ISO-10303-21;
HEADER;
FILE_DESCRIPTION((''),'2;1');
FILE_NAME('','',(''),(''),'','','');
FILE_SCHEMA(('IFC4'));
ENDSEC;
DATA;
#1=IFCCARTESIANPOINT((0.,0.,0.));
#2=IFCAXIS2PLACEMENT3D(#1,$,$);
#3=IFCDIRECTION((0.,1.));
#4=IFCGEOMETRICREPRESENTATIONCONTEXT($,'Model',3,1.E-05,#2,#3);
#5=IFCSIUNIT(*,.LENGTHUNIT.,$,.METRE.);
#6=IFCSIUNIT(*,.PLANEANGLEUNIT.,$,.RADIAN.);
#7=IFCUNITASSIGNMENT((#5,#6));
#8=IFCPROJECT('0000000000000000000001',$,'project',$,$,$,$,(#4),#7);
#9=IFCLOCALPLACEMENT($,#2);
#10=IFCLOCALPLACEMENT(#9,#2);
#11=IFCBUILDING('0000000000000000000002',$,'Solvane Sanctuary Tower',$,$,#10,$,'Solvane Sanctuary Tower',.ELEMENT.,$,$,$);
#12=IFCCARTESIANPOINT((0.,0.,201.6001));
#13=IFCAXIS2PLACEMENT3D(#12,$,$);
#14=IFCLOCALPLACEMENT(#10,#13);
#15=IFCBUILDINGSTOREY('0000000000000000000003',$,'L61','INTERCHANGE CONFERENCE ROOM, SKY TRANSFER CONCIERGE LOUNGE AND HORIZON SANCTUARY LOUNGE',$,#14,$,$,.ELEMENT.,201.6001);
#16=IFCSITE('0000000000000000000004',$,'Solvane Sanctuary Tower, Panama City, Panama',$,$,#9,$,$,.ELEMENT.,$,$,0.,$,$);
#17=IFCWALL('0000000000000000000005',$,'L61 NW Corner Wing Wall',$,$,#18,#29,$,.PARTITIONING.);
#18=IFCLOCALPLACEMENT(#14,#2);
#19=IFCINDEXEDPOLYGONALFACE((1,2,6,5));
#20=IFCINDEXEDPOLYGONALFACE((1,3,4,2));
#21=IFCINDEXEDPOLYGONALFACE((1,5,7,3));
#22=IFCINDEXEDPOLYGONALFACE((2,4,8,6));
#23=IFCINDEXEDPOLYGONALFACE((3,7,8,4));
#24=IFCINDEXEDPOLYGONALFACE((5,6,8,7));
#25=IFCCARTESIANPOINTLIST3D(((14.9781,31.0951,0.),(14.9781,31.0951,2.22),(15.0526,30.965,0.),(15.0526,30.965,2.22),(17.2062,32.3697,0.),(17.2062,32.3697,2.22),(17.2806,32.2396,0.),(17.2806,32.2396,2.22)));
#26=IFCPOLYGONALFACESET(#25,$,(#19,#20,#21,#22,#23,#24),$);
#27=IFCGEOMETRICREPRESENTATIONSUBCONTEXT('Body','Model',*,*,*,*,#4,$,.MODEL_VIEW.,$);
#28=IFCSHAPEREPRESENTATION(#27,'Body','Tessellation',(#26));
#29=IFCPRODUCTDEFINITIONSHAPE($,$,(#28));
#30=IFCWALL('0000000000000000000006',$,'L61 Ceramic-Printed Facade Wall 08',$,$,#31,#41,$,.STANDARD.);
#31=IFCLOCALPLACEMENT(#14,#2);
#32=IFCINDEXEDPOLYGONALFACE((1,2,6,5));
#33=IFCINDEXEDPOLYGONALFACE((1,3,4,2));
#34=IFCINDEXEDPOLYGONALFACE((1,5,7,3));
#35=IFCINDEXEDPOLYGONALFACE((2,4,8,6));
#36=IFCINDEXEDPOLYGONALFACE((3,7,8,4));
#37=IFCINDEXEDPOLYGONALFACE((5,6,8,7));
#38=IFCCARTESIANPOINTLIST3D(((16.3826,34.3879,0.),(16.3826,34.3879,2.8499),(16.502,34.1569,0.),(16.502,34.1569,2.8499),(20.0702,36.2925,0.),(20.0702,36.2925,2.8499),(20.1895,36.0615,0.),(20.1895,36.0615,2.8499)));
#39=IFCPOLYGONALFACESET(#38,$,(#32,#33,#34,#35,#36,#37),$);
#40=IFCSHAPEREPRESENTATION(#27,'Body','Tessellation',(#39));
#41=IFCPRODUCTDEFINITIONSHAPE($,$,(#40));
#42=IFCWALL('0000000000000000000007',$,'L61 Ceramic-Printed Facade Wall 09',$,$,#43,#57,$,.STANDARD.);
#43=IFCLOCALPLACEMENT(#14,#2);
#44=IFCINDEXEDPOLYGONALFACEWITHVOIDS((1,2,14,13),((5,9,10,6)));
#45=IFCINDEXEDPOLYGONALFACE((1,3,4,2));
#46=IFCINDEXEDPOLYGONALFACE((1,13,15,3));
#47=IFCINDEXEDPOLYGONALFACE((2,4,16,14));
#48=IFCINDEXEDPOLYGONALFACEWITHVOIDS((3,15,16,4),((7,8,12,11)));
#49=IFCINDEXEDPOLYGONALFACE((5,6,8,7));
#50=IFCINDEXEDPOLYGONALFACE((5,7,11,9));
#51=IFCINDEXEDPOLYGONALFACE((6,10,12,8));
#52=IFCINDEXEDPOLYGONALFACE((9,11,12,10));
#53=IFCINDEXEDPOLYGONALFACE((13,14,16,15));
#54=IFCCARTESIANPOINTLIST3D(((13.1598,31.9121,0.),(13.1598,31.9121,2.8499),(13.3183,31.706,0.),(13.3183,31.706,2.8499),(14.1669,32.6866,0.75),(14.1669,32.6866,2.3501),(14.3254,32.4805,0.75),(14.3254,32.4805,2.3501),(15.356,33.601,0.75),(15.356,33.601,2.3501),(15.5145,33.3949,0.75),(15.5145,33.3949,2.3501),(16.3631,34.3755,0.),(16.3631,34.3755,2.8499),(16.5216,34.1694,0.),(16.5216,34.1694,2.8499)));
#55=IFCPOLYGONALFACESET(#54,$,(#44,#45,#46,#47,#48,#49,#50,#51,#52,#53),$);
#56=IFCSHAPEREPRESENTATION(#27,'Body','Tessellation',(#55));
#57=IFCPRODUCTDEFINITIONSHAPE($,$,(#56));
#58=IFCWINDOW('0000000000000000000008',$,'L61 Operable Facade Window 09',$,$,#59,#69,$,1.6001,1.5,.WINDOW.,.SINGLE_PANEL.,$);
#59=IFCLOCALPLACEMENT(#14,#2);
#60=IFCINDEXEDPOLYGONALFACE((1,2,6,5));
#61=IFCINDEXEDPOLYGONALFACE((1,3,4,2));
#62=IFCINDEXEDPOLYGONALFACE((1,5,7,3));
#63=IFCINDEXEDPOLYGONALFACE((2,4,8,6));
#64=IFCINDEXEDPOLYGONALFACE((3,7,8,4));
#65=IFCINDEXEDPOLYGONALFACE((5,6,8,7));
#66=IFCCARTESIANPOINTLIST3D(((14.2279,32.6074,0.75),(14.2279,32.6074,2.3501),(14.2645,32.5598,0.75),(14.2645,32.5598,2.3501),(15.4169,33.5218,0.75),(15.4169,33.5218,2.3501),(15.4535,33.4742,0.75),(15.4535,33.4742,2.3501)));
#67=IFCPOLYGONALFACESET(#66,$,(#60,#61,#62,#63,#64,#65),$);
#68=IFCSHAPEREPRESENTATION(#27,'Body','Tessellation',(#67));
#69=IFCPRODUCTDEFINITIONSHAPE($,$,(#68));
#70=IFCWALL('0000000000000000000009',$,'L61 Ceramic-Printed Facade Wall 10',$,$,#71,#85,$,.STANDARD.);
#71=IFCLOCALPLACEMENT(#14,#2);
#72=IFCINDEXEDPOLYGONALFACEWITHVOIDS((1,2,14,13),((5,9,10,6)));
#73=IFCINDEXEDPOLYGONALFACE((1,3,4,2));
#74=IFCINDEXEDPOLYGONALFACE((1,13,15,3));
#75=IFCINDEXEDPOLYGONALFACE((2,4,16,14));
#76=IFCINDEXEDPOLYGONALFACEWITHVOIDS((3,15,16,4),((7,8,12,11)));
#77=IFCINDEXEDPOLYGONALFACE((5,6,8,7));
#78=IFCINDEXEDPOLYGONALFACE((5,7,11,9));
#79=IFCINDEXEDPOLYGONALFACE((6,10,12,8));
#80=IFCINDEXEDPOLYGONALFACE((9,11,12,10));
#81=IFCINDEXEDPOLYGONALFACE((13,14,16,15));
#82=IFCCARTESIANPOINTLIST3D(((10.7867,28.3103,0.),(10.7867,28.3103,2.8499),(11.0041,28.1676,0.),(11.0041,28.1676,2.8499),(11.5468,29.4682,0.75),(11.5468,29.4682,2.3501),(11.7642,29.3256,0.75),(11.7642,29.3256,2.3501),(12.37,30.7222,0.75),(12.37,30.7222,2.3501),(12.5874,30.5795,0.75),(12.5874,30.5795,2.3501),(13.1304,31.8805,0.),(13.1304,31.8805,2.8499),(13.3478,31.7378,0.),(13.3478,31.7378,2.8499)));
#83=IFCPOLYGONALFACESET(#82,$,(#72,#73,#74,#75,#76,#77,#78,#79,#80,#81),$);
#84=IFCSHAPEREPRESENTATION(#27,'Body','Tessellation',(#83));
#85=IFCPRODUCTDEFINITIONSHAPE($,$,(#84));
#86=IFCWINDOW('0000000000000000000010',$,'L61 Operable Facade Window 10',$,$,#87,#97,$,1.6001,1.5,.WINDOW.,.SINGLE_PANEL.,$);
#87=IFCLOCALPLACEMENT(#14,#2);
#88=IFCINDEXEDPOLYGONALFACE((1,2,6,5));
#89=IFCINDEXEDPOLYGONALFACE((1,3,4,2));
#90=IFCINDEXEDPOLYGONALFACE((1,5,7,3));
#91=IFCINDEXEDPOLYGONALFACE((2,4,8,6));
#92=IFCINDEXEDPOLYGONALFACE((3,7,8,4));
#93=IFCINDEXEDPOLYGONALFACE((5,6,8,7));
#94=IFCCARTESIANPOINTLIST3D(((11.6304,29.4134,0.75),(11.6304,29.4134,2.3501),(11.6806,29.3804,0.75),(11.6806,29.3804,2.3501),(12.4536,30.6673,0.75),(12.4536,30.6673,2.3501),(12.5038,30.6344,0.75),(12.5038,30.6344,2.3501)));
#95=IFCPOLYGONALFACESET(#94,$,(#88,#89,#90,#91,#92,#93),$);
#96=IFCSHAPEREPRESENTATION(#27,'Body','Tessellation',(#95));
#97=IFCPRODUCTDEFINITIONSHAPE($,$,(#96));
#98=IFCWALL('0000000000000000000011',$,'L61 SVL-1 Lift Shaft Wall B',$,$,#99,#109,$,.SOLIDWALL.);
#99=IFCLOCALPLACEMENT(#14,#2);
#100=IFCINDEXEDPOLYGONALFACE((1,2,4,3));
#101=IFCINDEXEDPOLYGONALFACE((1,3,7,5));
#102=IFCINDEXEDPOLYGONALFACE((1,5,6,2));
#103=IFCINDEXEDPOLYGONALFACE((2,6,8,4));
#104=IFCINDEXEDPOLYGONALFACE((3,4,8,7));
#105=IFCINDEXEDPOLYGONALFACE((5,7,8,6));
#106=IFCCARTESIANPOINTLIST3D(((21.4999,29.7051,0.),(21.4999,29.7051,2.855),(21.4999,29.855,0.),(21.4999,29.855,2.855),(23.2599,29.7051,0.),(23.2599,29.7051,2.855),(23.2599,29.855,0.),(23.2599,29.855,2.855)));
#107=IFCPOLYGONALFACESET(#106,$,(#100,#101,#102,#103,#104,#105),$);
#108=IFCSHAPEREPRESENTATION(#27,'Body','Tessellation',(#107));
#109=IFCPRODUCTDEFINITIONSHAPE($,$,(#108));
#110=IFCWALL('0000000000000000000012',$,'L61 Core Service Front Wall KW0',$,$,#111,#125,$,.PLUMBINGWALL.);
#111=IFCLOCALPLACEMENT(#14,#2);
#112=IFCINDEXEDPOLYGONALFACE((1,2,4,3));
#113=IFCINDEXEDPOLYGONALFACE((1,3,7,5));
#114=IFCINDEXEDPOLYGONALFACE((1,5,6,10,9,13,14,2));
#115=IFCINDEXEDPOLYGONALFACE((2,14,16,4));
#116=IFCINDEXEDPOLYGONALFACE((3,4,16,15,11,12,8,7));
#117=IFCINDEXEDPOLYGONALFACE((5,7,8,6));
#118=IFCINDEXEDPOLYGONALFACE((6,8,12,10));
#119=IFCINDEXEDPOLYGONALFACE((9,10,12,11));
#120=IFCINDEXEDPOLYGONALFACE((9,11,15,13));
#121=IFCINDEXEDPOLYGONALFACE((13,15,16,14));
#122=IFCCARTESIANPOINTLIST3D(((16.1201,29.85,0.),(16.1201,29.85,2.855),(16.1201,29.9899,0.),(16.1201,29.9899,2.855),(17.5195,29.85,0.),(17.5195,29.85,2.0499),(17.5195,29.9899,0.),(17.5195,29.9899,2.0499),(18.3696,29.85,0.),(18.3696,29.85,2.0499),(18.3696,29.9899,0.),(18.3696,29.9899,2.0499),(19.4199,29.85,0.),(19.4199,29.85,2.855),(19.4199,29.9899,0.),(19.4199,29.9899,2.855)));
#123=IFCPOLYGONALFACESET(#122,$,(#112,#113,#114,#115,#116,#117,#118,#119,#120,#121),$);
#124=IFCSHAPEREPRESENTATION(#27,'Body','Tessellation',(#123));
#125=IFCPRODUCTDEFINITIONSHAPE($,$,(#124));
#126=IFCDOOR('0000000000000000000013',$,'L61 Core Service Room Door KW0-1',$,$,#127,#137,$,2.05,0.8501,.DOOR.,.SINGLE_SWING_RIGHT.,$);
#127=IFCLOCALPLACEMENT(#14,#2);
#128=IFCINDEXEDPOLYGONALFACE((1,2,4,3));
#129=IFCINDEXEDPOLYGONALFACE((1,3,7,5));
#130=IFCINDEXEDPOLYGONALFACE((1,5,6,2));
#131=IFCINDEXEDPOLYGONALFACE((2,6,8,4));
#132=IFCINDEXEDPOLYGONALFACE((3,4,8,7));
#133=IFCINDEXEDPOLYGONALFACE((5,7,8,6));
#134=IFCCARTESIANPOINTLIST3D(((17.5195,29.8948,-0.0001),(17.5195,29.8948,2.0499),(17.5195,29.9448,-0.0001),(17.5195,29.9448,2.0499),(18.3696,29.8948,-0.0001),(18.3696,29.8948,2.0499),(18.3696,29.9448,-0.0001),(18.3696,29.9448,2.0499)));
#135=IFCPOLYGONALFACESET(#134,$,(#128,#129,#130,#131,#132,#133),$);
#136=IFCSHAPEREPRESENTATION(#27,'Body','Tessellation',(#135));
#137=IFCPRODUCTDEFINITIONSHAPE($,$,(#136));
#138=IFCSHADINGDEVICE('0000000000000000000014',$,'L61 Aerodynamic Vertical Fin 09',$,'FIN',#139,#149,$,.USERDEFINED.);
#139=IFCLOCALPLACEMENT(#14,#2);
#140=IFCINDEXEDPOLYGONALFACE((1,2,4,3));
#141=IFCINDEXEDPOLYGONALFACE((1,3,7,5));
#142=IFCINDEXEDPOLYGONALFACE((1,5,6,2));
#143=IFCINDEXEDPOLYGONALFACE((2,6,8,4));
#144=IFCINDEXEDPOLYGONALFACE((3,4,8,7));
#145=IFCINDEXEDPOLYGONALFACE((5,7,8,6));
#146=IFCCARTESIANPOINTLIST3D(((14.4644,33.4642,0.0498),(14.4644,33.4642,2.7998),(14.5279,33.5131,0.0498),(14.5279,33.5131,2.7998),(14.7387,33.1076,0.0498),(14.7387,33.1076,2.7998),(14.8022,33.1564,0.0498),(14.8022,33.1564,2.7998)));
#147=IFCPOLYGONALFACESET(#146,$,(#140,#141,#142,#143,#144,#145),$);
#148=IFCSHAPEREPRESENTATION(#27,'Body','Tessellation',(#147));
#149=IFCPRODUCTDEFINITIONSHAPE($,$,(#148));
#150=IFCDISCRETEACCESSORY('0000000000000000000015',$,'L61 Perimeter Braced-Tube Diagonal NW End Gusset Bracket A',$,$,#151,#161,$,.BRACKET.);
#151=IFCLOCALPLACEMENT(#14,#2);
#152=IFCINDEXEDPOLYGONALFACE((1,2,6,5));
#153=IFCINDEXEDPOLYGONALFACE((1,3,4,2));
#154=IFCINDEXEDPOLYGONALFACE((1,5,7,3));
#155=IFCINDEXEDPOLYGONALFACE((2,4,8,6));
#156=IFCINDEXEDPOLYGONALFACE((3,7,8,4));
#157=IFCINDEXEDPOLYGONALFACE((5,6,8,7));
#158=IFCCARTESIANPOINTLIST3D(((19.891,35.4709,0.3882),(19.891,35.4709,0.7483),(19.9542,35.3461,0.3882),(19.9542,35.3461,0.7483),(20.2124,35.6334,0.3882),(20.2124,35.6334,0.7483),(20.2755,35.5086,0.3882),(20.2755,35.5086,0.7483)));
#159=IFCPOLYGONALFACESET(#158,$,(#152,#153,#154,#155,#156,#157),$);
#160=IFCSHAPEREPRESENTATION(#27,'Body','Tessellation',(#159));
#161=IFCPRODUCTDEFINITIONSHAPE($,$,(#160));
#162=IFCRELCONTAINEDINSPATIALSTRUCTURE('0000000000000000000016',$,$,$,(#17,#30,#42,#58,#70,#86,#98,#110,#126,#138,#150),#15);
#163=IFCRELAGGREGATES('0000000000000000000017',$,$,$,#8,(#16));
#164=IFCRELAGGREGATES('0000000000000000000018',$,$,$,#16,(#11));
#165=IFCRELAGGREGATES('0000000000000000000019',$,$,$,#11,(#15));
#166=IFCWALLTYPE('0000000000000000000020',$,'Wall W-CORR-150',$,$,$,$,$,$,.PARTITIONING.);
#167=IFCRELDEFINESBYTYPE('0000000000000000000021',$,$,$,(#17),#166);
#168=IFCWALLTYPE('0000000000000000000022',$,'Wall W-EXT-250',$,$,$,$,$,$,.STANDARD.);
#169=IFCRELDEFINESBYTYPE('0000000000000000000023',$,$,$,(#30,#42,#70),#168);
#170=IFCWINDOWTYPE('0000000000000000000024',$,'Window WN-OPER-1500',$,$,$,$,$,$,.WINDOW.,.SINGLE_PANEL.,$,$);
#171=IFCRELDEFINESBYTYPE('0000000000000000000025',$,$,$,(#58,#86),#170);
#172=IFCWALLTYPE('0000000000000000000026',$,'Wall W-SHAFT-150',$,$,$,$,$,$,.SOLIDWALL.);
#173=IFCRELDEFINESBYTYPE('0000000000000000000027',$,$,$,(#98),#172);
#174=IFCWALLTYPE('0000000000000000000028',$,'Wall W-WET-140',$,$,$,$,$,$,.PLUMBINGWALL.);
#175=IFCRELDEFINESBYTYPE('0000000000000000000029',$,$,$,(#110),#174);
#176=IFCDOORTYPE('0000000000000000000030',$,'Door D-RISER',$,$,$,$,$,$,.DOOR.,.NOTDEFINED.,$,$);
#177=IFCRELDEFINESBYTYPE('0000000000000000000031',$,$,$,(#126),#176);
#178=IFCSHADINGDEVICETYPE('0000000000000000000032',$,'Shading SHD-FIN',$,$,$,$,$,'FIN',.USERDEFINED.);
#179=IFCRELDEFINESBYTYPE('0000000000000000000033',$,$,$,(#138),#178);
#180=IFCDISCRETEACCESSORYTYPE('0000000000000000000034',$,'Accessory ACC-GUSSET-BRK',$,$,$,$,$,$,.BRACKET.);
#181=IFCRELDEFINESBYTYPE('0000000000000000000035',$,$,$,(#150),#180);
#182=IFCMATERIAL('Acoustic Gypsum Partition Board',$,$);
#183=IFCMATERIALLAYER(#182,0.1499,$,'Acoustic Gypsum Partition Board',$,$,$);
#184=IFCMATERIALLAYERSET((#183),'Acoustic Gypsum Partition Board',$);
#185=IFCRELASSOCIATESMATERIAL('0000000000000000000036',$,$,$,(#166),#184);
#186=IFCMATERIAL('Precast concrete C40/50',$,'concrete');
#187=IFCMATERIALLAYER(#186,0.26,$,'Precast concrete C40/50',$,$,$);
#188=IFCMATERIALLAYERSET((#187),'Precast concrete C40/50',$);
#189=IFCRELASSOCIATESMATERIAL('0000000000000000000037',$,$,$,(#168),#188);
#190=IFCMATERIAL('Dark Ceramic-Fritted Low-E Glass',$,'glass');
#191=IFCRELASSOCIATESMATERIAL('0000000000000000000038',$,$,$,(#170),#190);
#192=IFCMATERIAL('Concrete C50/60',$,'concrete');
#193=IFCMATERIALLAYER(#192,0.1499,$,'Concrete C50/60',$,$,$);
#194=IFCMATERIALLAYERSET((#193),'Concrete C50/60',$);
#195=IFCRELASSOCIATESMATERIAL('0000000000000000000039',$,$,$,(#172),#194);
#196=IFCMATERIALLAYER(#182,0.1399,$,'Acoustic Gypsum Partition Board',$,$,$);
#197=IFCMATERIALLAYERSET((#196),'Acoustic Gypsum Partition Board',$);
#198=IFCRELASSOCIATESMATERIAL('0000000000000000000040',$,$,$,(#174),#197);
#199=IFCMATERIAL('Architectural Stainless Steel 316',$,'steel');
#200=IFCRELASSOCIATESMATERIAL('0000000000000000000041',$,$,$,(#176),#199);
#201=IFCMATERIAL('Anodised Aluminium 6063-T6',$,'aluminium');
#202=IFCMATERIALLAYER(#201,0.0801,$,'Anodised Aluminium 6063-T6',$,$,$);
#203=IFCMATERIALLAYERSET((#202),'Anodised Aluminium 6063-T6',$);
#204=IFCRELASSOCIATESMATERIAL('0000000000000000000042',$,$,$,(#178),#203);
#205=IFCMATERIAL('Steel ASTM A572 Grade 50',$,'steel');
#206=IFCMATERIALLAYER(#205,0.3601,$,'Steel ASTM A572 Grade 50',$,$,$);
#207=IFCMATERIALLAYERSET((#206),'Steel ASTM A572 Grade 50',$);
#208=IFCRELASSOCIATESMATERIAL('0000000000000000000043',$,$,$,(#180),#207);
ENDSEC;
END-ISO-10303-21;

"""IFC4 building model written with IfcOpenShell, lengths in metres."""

from ifc_helpers import new_model, si_unit, direction, frame, frame_2d, origin, origin_2d, place, context, subcontext, project, spatial, rectangle, extrude, material, layer, layer_set, type_object, element, fill, save


model = new_model("IFC4")

# Units and contexts
model_context = context("Model", 3, precision=1e-05, world=origin(), true_north=direction((0.0, 1.0)))
body_context = subcontext(model_context, "Body", "Model", "MODEL_VIEW")
ifc_project = project(units=[si_unit("LENGTHUNIT", "METRE"), si_unit("PLANEANGLEUNIT", "RADIAN")], contexts=[model_context])

# Site, building, storey
site_placement = place(None, origin())
site = spatial("IfcSite", under=ifc_project, at=site_placement, Name="Solvane Sanctuary Tower, Panama City, Panama", CompositionType="ELEMENT", RefElevation=0.0)
building_placement = place(site_placement, origin())
building = spatial("IfcBuilding", under=site, at=building_placement, Name="Solvane Sanctuary Tower", LongName="Solvane Sanctuary Tower", CompositionType="ELEMENT")
storey_placement = place(building_placement, frame((0.0, 0.0, 201.6001)))
storey = spatial("IfcBuildingStorey", under=building, at=storey_placement, Name="L61", Description="INTERCHANGE CONFERENCE ROOM, SKY TRANSFER CONCIERGE LOUNGE AND HORIZON SANCTUARY LOUNGE", CompositionType="ELEMENT", Elevation=201.6001)

# Shared definitions
ifc_material_1 = material(Name="Concrete C50/60", Category="concrete")

# Shared definitions
ifc_material_2 = material(Name="Anodised Aluminium 6063-T6", Category="aluminium")

# Shared definitions
ifc_material_3 = material(Name="Acoustic Gypsum Partition Board")
ifc_layer_1 = layer(ifc_material_3, 0.1499, Name="Acoustic Gypsum Partition Board")
ifc_layer_set_1 = layer_set([ifc_layer_1], Name="Acoustic Gypsum Partition Board")
wall_type_1 = type_object("IfcWallType", Name="Wall W-CORR-150", PredefinedType="PARTITIONING", material=ifc_layer_set_1)

# Walls
wall_1_placement = place(storey_placement, frame((17.2434, 32.3047, 0.0), z_axis=(0.0, 0.0, 1.0), x_axis=(-0.867991, -0.496579, 0.0)))
element("IfcWall", 1, at=wall_1_placement, inside=storey, type_object=wall_type_1, Name="L61 NW Corner Wing Wall", PredefinedType="PARTITIONING", context=body_context, shape_type="SweptSolid", body=[
    extrude(rectangle(XDim=2.5669, YDim=0.1499, at=frame_2d((1.2834, 0.0))), origin(), (0.0, 0.0, 1.0), 2.22),
])
ifc_material_4 = material(Name="Precast concrete C40/50", Category="concrete")
ifc_layer_2 = layer(ifc_material_4, 0.26, Name="Precast concrete C40/50")
ifc_layer_set_2 = layer_set([ifc_layer_2], Name="Precast concrete C40/50")
wall_type_2 = type_object("IfcWallType", Name="Wall W-EXT-250", PredefinedType="STANDARD", material=ifc_layer_set_2)
wall_2_placement = place(storey_placement, frame((20.1299, 36.177, 0.0), z_axis=(0.0, 0.0, 1.0), x_axis=(-0.888491, -0.458893, 0.0)))
element("IfcWall", 2, at=wall_2_placement, inside=storey, type_object=wall_type_2, Name="L61 Ceramic-Printed Facade Wall 08", PredefinedType="STANDARD", context=body_context, shape_type="SweptSolid", body=[
    extrude(rectangle(XDim=4.1504, YDim=0.26, at=frame_2d((2.0752, 0.0))), origin(), (0.0, 0.0, 1.0), 2.8499),
])

# Walls, openings, windows
wall_3_placement = place(storey_placement, frame((16.4424, 34.2725, 0.0), z_axis=(0.0, 0.0, 1.0), x_axis=(-0.792714, -0.609594, 0.0)))
wall_3 = element("IfcWall", 3, at=wall_3_placement, inside=storey, type_object=wall_type_2, Name="L61 Ceramic-Printed Facade Wall 09", PredefinedType="STANDARD", context=body_context, shape_type="SweptSolid", body=[
    extrude(rectangle(XDim=4.041, YDim=0.26, at=frame_2d((2.0205, 0.0))), origin(), (0.0, 0.0, 1.0), 2.8499),
])
opening_1_placement = place(wall_3_placement, frame((1.2705, 0.0, 0.75)))
opening_1 = element("IfcOpeningElement", 4, at=opening_1_placement, cuts=wall_3, PredefinedType="OPENING", context=body_context, shape_type="SweptSolid", body=[
    extrude(rectangle(XDim=1.5, YDim=1.6001, at=frame_2d((0.75, 0.8))), frame((0.0, 0.1399, 0.0), z_axis=(0.0, -1.0, 0.0), x_axis=(1.0, 0.0, 0.0)), (0.0, 0.0, 1.0), 0.28),
])
ifc_material_5 = material(Name="Dark Ceramic-Fritted Low-E Glass", Category="glass")
window_type = type_object("IfcWindowType", Name="Window WN-OPER-1500", PartitioningType="SINGLE_PANEL", PredefinedType="WINDOW", material=ifc_material_5)
window_1_placement = place(opening_1_placement, origin())
window_1 = element("IfcWindow", 5, at=window_1_placement, inside=storey, type_object=window_type, Name="L61 Operable Facade Window 09", OverallHeight=1.6001, OverallWidth=1.5, PartitioningType="SINGLE_PANEL", PredefinedType="WINDOW", context=body_context, shape_type="SweptSolid", body=[
    extrude(rectangle(XDim=1.5, YDim=1.6001, at=frame_2d((0.75, 0.8))), frame((0.0, 0.03, 0.0), z_axis=(0.0, -1.0, 0.0), x_axis=(1.0, 0.0, 0.0)), (0.0, 0.0, 1.0), 0.0601),
])
fill(opening_1, window_1)
wall_4_placement = place(storey_placement, frame((13.239, 31.8091, 0.0), z_axis=(0.0, 0.0, 1.0), x_axis=(-0.548776, -0.835969, 0.0)))
wall_4 = element("IfcWall", 6, at=wall_4_placement, inside=storey, type_object=wall_type_2, Name="L61 Ceramic-Printed Facade Wall 10", PredefinedType="STANDARD", context=body_context, shape_type="SweptSolid", body=[
    extrude(rectangle(XDim=4.2708, YDim=0.26, at=frame_2d((2.1353, 0.0))), origin(), (0.0, 0.0, 1.0), 2.8499),
])
opening_2_placement = place(wall_4_placement, frame((1.3855, 0.0, 0.75)))
opening_2 = element("IfcOpeningElement", 7, at=opening_2_placement, cuts=wall_4, PredefinedType="OPENING", context=body_context, shape_type="SweptSolid", body=[
    extrude(rectangle(XDim=1.5, YDim=1.6001, at=frame_2d((0.75, 0.8))), frame((0.0, 0.1399, 0.0), z_axis=(0.0, -1.0, 0.0), x_axis=(1.0, 0.0, 0.0)), (0.0, 0.0, 1.0), 0.28),
])
window_2_placement = place(opening_2_placement, origin())
window_2 = element("IfcWindow", 8, at=window_2_placement, inside=storey, type_object=window_type, Name="L61 Operable Facade Window 10", OverallHeight=1.6001, OverallWidth=1.5, PartitioningType="SINGLE_PANEL", PredefinedType="WINDOW", context=body_context, shape_type="SweptSolid", body=[
    extrude(rectangle(XDim=1.5, YDim=1.6001, at=frame_2d((0.75, 0.8))), frame((0.0, 0.03, 0.0), z_axis=(0.0, -1.0, 0.0), x_axis=(1.0, 0.0, 0.0)), (0.0, 0.0, 1.0), 0.0601),
])
fill(opening_2, window_2)

# Wall
ifc_layer_3 = layer(ifc_material_1, 0.1499, Name="Concrete C50/60")
ifc_layer_set_3 = layer_set([ifc_layer_3], Name="Concrete C50/60")
wall_type_3 = type_object("IfcWallType", Name="Wall W-SHAFT-150", PredefinedType="SOLIDWALL", material=ifc_layer_set_3)
wall_5_placement = place(storey_placement, frame((21.5, 29.78, 0.0), z_axis=(0.0, 0.0, 1.0), x_axis=(1.0, 0.0, 0.0)))
element("IfcWall", 9, at=wall_5_placement, inside=storey, type_object=wall_type_3, Name="L61 SVL-1 Lift Shaft Wall B", PredefinedType="SOLIDWALL", context=body_context, shape_type="SweptSolid", body=[
    extrude(rectangle(XDim=1.76, YDim=0.1499, at=frame_2d((0.8799, 0.0))), origin(), (0.0, 0.0, 1.0), 2.855),
])

# Wall, opening, door
ifc_layer_4 = layer(ifc_material_3, 0.1399, Name="Acoustic Gypsum Partition Board")
ifc_layer_set_4 = layer_set([ifc_layer_4], Name="Acoustic Gypsum Partition Board")
wall_type_4 = type_object("IfcWallType", Name="Wall W-WET-140", PredefinedType="PLUMBINGWALL", material=ifc_layer_set_4)
wall_6_placement = place(storey_placement, frame((16.1201, 29.9199, 0.0), z_axis=(0.0, 0.0, 1.0), x_axis=(1.0, 0.0, 0.0)))
wall_6 = element("IfcWall", 10, at=wall_6_placement, inside=storey, type_object=wall_type_4, Name="L61 Core Service Front Wall KW0", PredefinedType="PLUMBINGWALL", context=body_context, shape_type="SweptSolid", body=[
    extrude(rectangle(XDim=3.2998, YDim=0.1399, at=frame_2d((1.6499, 0.0))), origin(), (0.0, 0.0, 1.0), 2.855),
])
opening_3_placement = place(wall_6_placement, frame((1.3994, 0.0, 0.0)))
opening_3 = element("IfcOpeningElement", 11, at=opening_3_placement, cuts=wall_6, PredefinedType="OPENING", context=body_context, shape_type="SweptSolid", body=[
    extrude(rectangle(XDim=0.8501, YDim=2.05, at=frame_2d((0.425, 1.0249))), frame((0.0, 0.0798, 0.0), z_axis=(0.0, -1.0, 0.0), x_axis=(1.0, 0.0, 0.0)), (0.0, 0.0, 1.0), 0.1599),
])
ifc_material_6 = material(Name="Architectural Stainless Steel 316", Category="steel")
door_type_1 = type_object("IfcDoorType", Name="Door D-RISER", OperationType="NOTDEFINED", PredefinedType="DOOR", material=ifc_material_6)
door_1_placement = place(opening_3_placement, origin())
door_1 = element("IfcDoor", 12, at=door_1_placement, inside=storey, type_object=door_type_1, Name="L61 Core Service Room Door KW0-1", OperationType="SINGLE_SWING_RIGHT", OverallHeight=2.05, OverallWidth=0.8501, PredefinedType="DOOR", context=body_context, shape_type="SweptSolid", body=[
    extrude(rectangle(XDim=0.8501, YDim=2.05, at=frame_2d((0.425, 1.0249))), frame((0.0, 0.0249, 0.0), z_axis=(0.0, -1.0, 0.0), x_axis=(1.0, 0.0, 0.0)), (0.0, 0.0, 1.0), 0.05),
])
fill(opening_3, door_1)

# Shading device
ifc_layer_5 = layer(ifc_material_2, 0.0801, Name="Anodised Aluminium 6063-T6")
ifc_layer_set_5 = layer_set([ifc_layer_5], Name="Anodised Aluminium 6063-T6")
shading_device_type = type_object("IfcShadingDeviceType", Name="Shading SHD-FIN", ElementType="FIN", PredefinedType="USERDEFINED", material=ifc_layer_set_5)
shading_device_placement = place(storey_placement, frame((14.6333, 33.3103, 0.0498), z_axis=(0.0, 0.0, 1.0), x_axis=(-0.792708, -0.609602, 0.0)))
element("IfcShadingDevice", 13, at=shading_device_placement, inside=storey, type_object=shading_device_type, Name="L61 Aerodynamic Vertical Fin 09", ObjectType="FIN", PredefinedType="USERDEFINED", context=body_context, shape_type="SweptSolid", body=[
    extrude(rectangle(XDim=0.0801, YDim=0.45, at=origin_2d()), origin(), (0.0, 0.0, 1.0), 2.75),
])

# Discrete accessory
ifc_material_7 = material(Name="Steel ASTM A572 Grade 50", Category="steel")
ifc_layer_6 = layer(ifc_material_7, 0.3601, Name="Steel ASTM A572 Grade 50")
ifc_layer_set_6 = layer_set([ifc_layer_6], Name="Steel ASTM A572 Grade 50")
discrete_accessory_type_1 = type_object("IfcDiscreteAccessoryType", Name="Accessory ACC-GUSSET-BRK", PredefinedType="BRACKET", material=ifc_layer_set_6)
for number, where, z_axis, x_axis, name in (
    (14, (20.0833, 35.4897, 0.3882), (0.0, 0.0, 1.0), (-0.89235, -0.451345, 0.0), "L61 Perimeter Braced-Tube Diagonal NW End Gusset Bracket A"),
):
    element("IfcDiscreteAccessory", number, at=place(storey_placement, frame(where, z_axis=z_axis, x_axis=x_axis)), inside=storey, type_object=discrete_accessory_type_1, Name=name, PredefinedType="BRACKET", context=body_context, shape_type="SweptSolid", body=[
        extrude(rectangle(XDim=0.3601, YDim=0.1399, at=origin_2d()), origin(), (0.0, 0.0, 1.0), 0.3601),
    ])

save(model, "model.ifc")
